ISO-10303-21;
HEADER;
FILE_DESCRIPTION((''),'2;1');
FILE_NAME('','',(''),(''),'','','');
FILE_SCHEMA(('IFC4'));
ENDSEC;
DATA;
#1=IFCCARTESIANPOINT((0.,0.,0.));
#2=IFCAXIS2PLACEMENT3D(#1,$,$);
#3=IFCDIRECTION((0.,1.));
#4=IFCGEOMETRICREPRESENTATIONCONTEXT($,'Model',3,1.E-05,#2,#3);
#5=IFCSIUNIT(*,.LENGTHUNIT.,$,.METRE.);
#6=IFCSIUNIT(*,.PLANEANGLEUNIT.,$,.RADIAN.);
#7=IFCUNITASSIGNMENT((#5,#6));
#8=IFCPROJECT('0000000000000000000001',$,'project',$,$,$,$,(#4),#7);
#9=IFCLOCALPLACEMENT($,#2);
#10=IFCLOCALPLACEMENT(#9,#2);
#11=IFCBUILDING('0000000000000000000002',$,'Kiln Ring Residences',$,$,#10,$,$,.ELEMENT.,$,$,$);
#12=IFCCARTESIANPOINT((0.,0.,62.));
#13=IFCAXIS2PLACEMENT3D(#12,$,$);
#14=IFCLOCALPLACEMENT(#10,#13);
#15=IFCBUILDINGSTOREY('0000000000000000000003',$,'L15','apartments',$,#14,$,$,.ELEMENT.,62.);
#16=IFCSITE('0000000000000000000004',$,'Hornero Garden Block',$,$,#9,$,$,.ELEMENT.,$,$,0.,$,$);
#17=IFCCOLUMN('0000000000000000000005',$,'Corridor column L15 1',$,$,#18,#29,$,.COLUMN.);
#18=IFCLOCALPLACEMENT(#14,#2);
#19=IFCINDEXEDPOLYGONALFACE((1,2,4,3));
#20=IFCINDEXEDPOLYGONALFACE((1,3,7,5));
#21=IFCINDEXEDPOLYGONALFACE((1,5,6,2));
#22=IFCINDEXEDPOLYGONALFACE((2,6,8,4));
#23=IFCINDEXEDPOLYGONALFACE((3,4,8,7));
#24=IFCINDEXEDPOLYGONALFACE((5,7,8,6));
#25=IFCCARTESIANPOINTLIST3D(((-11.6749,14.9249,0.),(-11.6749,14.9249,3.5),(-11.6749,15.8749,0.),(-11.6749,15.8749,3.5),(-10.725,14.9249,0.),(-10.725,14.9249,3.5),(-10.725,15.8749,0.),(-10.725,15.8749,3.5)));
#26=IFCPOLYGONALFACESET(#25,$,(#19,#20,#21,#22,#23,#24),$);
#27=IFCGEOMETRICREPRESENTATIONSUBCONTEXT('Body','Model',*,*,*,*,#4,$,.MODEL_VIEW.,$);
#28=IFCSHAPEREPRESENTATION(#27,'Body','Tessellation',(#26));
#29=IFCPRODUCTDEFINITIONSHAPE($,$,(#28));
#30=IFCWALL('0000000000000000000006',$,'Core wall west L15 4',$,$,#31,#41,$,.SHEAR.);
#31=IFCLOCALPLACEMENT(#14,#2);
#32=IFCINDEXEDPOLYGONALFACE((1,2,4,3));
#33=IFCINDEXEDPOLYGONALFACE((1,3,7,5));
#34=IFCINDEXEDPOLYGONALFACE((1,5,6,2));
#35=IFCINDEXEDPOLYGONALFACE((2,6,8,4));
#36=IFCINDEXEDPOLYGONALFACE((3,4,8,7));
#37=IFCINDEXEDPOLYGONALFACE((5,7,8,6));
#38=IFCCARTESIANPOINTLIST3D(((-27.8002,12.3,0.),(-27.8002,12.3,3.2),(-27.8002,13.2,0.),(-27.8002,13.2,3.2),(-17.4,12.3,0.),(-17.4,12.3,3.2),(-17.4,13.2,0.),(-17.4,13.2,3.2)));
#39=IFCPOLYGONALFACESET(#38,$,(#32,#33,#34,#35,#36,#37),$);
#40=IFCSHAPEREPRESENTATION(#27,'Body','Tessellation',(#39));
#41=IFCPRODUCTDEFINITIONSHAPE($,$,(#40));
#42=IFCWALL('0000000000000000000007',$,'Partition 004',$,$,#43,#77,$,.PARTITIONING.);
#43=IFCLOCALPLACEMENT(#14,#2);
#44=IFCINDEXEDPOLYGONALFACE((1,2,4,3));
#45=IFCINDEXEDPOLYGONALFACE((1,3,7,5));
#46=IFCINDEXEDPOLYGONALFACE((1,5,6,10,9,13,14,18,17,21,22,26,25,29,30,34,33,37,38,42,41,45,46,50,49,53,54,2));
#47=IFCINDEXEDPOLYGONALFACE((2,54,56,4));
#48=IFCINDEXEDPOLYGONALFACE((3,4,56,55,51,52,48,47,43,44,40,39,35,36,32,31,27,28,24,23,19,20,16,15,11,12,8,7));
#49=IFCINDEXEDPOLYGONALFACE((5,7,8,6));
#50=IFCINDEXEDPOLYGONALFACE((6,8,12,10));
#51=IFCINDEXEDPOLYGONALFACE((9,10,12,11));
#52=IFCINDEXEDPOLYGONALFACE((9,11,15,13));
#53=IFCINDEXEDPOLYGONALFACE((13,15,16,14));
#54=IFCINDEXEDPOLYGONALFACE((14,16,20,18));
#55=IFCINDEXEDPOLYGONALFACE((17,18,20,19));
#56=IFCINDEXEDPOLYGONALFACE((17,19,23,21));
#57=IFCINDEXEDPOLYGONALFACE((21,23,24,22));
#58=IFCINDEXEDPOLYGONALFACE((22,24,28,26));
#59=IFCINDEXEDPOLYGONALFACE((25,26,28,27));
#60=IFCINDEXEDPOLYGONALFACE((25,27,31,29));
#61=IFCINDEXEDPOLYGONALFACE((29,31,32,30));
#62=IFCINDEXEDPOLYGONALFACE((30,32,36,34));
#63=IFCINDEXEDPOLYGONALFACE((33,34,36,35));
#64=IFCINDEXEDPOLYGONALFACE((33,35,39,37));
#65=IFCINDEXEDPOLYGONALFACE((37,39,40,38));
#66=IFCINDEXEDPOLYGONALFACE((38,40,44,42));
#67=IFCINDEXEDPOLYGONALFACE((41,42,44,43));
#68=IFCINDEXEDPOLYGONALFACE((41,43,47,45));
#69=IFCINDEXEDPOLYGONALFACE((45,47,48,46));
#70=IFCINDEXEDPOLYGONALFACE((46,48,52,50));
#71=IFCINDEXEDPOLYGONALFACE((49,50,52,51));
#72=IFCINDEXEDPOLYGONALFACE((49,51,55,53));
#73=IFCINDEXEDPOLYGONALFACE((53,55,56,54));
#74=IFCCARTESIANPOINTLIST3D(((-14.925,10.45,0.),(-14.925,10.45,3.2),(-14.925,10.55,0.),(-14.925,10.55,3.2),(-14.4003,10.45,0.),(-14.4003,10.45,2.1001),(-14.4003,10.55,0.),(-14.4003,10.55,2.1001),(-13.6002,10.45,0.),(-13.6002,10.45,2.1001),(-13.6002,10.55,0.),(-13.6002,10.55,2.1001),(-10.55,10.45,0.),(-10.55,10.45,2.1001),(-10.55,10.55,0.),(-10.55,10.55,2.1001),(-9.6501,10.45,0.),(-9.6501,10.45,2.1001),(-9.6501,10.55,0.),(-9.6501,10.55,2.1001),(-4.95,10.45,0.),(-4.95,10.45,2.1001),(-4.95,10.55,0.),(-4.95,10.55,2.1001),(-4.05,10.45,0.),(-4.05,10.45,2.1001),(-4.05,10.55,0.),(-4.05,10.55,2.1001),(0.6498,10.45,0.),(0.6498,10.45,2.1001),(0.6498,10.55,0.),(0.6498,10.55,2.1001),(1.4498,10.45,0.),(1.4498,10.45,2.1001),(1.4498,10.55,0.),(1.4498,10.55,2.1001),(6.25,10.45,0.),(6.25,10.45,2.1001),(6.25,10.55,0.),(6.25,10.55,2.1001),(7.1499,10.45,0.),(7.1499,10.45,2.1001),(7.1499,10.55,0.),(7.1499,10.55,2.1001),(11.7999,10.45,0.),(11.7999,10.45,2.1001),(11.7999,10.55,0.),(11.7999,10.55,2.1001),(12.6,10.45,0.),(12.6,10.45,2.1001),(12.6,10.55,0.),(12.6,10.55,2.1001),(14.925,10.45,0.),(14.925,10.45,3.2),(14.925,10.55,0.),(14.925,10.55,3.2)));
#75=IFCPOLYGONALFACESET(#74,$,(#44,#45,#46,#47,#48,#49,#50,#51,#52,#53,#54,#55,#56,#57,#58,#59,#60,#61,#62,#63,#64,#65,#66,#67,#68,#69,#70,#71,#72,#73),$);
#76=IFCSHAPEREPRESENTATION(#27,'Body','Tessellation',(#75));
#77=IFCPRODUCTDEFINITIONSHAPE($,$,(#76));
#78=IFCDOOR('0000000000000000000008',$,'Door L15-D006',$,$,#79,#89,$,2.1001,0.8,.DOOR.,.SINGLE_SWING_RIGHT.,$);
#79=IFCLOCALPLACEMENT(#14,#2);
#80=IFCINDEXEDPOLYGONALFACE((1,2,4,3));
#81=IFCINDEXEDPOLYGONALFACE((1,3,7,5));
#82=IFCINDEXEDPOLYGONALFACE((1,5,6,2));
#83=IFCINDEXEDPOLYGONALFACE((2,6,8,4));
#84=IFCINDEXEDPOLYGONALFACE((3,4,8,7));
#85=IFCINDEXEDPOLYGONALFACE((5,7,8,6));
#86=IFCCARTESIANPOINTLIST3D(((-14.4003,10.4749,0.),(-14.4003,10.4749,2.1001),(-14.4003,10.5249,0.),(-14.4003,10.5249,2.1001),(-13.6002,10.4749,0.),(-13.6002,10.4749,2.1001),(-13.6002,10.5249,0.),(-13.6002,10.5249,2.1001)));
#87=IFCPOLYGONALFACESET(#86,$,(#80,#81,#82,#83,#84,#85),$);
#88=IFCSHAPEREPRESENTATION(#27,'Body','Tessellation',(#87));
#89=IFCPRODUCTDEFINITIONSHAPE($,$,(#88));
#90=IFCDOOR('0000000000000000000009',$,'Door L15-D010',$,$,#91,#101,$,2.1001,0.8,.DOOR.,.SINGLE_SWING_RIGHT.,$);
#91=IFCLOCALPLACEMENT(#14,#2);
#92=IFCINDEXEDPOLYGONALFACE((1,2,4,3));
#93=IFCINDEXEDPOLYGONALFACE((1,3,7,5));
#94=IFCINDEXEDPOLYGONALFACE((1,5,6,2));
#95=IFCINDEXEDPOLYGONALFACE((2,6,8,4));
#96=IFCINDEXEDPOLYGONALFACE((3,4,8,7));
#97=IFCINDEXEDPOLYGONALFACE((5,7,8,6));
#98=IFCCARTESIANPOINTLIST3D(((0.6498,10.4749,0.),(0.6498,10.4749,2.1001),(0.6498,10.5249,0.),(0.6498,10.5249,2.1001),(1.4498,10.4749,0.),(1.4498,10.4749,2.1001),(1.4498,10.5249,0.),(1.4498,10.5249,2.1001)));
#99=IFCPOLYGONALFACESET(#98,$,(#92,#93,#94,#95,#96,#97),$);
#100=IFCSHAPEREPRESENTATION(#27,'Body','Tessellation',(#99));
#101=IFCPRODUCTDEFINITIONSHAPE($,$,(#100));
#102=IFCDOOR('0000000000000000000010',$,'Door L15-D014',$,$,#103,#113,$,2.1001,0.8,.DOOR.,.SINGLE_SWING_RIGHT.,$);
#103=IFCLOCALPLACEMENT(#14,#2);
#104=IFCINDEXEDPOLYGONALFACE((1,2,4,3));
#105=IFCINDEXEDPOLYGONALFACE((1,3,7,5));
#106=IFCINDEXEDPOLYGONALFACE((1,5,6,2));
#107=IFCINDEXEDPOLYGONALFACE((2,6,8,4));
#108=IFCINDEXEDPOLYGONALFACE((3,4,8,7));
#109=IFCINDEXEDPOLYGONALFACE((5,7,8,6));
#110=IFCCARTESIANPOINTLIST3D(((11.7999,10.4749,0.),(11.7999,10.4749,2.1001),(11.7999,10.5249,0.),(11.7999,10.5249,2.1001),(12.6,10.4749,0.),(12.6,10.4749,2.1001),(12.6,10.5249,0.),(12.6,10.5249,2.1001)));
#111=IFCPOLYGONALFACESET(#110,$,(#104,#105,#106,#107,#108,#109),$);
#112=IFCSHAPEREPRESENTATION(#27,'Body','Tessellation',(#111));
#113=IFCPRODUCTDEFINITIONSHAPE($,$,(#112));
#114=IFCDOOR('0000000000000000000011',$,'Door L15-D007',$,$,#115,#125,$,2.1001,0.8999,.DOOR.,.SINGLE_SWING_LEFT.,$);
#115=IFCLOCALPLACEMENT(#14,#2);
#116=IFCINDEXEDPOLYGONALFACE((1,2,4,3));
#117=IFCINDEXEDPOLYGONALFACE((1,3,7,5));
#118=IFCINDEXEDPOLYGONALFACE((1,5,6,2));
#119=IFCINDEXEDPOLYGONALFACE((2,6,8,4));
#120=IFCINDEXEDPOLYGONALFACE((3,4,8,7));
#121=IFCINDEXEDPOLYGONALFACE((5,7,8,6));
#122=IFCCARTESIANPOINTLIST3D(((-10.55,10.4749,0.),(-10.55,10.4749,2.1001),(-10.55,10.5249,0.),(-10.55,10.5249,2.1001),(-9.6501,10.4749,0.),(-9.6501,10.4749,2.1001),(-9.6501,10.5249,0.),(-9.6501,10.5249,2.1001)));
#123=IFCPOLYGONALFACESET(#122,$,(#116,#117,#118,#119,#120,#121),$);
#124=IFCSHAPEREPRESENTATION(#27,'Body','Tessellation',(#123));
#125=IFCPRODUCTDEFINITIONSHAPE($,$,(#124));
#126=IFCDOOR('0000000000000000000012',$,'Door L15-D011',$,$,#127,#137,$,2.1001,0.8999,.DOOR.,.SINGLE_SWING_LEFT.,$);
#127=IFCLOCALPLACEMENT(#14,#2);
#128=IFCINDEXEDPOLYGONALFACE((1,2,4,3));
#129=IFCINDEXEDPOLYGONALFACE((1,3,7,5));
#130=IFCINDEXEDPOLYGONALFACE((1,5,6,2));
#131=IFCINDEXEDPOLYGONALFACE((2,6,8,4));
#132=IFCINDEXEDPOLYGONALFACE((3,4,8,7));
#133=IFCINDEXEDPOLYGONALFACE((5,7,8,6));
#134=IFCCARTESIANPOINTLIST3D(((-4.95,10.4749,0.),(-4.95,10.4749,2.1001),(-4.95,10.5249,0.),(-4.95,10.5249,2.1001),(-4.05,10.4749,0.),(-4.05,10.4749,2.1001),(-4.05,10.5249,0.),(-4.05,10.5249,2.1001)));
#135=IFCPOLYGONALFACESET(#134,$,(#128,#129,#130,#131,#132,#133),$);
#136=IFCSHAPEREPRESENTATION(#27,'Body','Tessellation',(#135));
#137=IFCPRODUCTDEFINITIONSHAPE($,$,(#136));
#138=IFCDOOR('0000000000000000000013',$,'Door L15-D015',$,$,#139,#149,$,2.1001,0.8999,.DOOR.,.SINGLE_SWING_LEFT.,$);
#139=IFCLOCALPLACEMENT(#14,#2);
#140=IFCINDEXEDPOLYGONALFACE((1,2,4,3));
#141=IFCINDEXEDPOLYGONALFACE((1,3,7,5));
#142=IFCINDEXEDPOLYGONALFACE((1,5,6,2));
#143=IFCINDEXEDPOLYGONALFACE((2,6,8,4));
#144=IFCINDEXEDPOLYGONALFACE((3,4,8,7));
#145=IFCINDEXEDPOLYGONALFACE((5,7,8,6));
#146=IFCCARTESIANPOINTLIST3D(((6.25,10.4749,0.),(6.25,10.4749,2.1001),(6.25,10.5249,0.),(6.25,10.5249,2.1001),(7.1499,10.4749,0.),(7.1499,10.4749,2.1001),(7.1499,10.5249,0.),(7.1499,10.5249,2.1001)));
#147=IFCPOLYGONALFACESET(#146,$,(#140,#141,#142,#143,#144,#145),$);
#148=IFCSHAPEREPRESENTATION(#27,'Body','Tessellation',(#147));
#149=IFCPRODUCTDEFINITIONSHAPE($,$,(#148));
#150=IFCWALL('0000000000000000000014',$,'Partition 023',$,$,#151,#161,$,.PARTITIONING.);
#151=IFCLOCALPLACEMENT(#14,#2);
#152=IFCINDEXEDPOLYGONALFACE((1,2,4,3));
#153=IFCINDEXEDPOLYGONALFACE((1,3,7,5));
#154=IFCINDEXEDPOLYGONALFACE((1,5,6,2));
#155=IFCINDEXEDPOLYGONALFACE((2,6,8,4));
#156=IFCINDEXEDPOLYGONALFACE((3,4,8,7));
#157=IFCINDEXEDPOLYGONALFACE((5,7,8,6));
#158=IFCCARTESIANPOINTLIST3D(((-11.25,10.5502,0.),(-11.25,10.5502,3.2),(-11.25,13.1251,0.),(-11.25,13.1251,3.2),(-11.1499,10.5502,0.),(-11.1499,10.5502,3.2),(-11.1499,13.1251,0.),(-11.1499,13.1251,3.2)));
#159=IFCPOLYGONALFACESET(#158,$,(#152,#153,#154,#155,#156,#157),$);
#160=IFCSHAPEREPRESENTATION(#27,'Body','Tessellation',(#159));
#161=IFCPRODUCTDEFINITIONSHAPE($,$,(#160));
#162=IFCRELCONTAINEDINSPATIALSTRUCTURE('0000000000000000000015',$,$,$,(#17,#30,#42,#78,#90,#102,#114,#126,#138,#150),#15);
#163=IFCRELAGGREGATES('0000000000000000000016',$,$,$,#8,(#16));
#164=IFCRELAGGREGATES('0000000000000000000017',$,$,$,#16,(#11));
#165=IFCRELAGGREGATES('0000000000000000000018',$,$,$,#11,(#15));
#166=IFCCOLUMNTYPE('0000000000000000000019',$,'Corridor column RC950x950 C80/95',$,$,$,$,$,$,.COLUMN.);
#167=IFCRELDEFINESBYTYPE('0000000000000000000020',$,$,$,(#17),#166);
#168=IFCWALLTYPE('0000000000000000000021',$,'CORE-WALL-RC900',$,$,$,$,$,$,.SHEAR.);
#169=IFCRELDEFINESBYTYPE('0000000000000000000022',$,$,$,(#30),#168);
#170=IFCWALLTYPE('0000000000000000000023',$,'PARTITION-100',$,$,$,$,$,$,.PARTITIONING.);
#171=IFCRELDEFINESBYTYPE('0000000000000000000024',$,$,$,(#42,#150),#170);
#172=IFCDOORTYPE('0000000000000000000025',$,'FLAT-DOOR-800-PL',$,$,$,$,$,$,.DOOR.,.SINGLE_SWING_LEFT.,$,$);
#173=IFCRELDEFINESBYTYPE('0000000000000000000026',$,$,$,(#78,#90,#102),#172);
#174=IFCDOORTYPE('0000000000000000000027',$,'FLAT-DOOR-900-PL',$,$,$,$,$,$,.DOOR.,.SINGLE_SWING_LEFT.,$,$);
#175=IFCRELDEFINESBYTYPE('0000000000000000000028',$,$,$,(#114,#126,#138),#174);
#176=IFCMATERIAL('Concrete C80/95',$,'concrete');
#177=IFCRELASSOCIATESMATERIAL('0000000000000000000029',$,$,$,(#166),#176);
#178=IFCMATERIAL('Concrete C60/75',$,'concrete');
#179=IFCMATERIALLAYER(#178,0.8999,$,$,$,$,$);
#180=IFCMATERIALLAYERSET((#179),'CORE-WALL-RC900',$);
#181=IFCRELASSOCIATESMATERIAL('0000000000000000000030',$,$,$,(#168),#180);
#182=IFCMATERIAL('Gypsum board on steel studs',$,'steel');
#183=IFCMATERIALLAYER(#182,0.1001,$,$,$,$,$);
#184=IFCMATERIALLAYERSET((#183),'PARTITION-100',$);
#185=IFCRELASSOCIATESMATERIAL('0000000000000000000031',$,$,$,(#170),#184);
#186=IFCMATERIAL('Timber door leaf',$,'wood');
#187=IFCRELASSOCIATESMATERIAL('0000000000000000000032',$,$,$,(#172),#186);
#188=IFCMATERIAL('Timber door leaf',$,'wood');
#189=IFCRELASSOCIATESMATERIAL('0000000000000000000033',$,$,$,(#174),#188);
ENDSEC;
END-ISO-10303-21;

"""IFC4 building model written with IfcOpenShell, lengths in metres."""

from ifc_helpers import new_model, si_unit, direction, frame, frame_2d, origin, origin_2d, place, context, subcontext, project, spatial, rectangle, extrude, material, layer, layer_set, material_profile, profile_set, type_object, element, fill, save


model = new_model("IFC4")

# Units and contexts
model_context = context("Model", 3, precision=1e-05, world=origin(), true_north=direction((0.0, 1.0)))
body_context = subcontext(model_context, "Body", "Model", "MODEL_VIEW")
ifc_project = project(units=[si_unit("LENGTHUNIT", "METRE"), si_unit("PLANEANGLEUNIT", "RADIAN")], contexts=[model_context])

# Site, building, storey
site_placement = place(None, origin())
site = spatial("IfcSite", under=ifc_project, at=site_placement, Name="Hornero Garden Block", CompositionType="ELEMENT", RefElevation=0.0)
building_placement = place(site_placement, origin())
building = spatial("IfcBuilding", under=site, at=building_placement, Name="Kiln Ring Residences", CompositionType="ELEMENT")
storey_placement = place(building_placement, frame((0.0, 0.0, 62.0)))
storey = spatial("IfcBuildingStorey", under=building, at=storey_placement, Name="L15", Description="apartments", CompositionType="ELEMENT", Elevation=62.0)

# Column
ifc_material_1 = material(Name="Concrete C80/95", Category="concrete")
ifc_material_profile = material_profile(ifc_material_1, rectangle(XDim=0.95, YDim=0.95, at=origin_2d()), Name="RC950x950")
ifc_profile_set = profile_set([ifc_material_profile], Name="Concrete C80/95")
column_type = type_object("IfcColumnType", Name="Corridor column RC950x950 C80/95", PredefinedType="COLUMN", material=ifc_profile_set)
column_placement = place(storey_placement, frame((-11.2, 15.3999, 0.0), z_axis=(0.0, 0.0, 1.0), x_axis=(1.0, 0.0, 0.0)))
element("IfcColumn", 1, at=column_placement, inside=storey, type_object=column_type, Name="Corridor column L15 1", PredefinedType="COLUMN", context=body_context, shape_type="SweptSolid", body=[
    extrude(rectangle(XDim=0.95, YDim=0.95, at=origin_2d()), origin(), (0.0, 0.0, 1.0), 3.5),
])

# Wall
ifc_material_2 = material(Name="Concrete C60/75", Category="concrete")
ifc_layer_1 = layer(ifc_material_2, 0.8999)
ifc_layer_set_1 = layer_set([ifc_layer_1], Name="CORE-WALL-RC900")
wall_type_1 = type_object("IfcWallType", Name="CORE-WALL-RC900", PredefinedType="SHEAR", material=ifc_layer_set_1)
wall_1_placement = place(storey_placement, frame((-17.3999, 12.75, 0.0), z_axis=(0.0, 0.0, 1.0), x_axis=(-1.0, 0.0, 0.0)))
element("IfcWall", 2, at=wall_1_placement, inside=storey, type_object=wall_type_1, Name="Core wall west L15 4", PredefinedType="SHEAR", context=body_context, shape_type="SweptSolid", body=[
    extrude(rectangle(XDim=10.4001, YDim=0.8999, at=frame_2d((5.2002, 0.0))), origin(), (0.0, 0.0, 1.0), 3.2),
])

# Wall, openings, doors
ifc_material_3 = material(Name="Gypsum board on steel studs", Category="steel")
ifc_layer_2 = layer(ifc_material_3, 0.1001)
ifc_layer_set_2 = layer_set([ifc_layer_2], Name="PARTITION-100")
wall_type_2 = type_object("IfcWallType", Name="PARTITION-100", PredefinedType="PARTITIONING", material=ifc_layer_set_2)
wall_2_placement = place(storey_placement, frame((-14.925, 10.5, 0.0), z_axis=(0.0, 0.0, 1.0), x_axis=(1.0, 0.0, 0.0)))
wall_2 = element("IfcWall", 3, at=wall_2_placement, inside=storey, type_object=wall_type_2, Name="Partition 004", PredefinedType="PARTITIONING", context=body_context, shape_type="SweptSolid", body=[
    extrude(rectangle(XDim=29.8501, YDim=0.1001, at=frame_2d((14.925, 0.0))), origin(), (0.0, 0.0, 1.0), 3.2),
])
opening_1_placement = place(wall_2_placement, frame((0.5249, 0.0, 0.0)))
opening_1 = element("IfcOpeningElement", 4, at=opening_1_placement, cuts=wall_2, PredefinedType="OPENING", context=body_context, shape_type="SweptSolid", body=[
    extrude(rectangle(XDim=0.8, YDim=2.1001, at=frame_2d((0.3999, 1.05))), frame((0.0, 0.0601, 0.0), z_axis=(0.0, -1.0, 0.0), x_axis=(1.0, 0.0, 0.0)), (0.0, 0.0, 1.0), 0.1201),
])
opening_2_placement = place(wall_2_placement, frame((4.375, 0.0, 0.0)))
opening_2 = element("IfcOpeningElement", 5, at=opening_2_placement, cuts=wall_2, PredefinedType="OPENING", context=body_context, shape_type="SweptSolid", body=[
    extrude(rectangle(XDim=0.8999, YDim=2.1001, at=frame_2d((0.45, 1.05))), frame((0.0, 0.0601, 0.0), z_axis=(0.0, -1.0, 0.0), x_axis=(1.0, 0.0, 0.0)), (0.0, 0.0, 1.0), 0.1201),
])
opening_3_placement = place(wall_2_placement, frame((15.575, 0.0, 0.0)))
opening_3 = element("IfcOpeningElement", 6, at=opening_3_placement, cuts=wall_2, PredefinedType="OPENING", context=body_context, shape_type="SweptSolid", body=[
    extrude(rectangle(XDim=0.8, YDim=2.1001, at=frame_2d((0.3999, 1.05))), frame((0.0, 0.0601, 0.0), z_axis=(0.0, -1.0, 0.0), x_axis=(1.0, 0.0, 0.0)), (0.0, 0.0, 1.0), 0.1201),
])
opening_4_placement = place(wall_2_placement, frame((9.9751, 0.0, 0.0)))
opening_4 = element("IfcOpeningElement", 7, at=opening_4_placement, cuts=wall_2, PredefinedType="OPENING", context=body_context, shape_type="SweptSolid", body=[
    extrude(rectangle(XDim=0.8999, YDim=2.1001, at=frame_2d((0.45, 1.05))), frame((0.0, 0.0601, 0.0), z_axis=(0.0, -1.0, 0.0), x_axis=(1.0, 0.0, 0.0)), (0.0, 0.0, 1.0), 0.1201),
])
opening_5_placement = place(wall_2_placement, frame((26.7251, 0.0, 0.0)))
opening_5 = element("IfcOpeningElement", 8, at=opening_5_placement, cuts=wall_2, PredefinedType="OPENING", context=body_context, shape_type="SweptSolid", body=[
    extrude(rectangle(XDim=0.8, YDim=2.1001, at=frame_2d((0.3999, 1.05))), frame((0.0, 0.0601, 0.0), z_axis=(0.0, -1.0, 0.0), x_axis=(1.0, 0.0, 0.0)), (0.0, 0.0, 1.0), 0.1201),
])
opening_6_placement = place(wall_2_placement, frame((21.175, 0.0, 0.0)))
opening_6 = element("IfcOpeningElement", 9, at=opening_6_placement, cuts=wall_2, PredefinedType="OPENING", context=body_context, shape_type="SweptSolid", body=[
    extrude(rectangle(XDim=0.8999, YDim=2.1001, at=frame_2d((0.45, 1.05))), frame((0.0, 0.0601, 0.0), z_axis=(0.0, -1.0, 0.0), x_axis=(1.0, 0.0, 0.0)), (0.0, 0.0, 1.0), 0.1201),
])
ifc_material_4 = material(Name="Timber door leaf", Category="wood")
door_type_1 = type_object("IfcDoorType", Name="FLAT-DOOR-800-PL", OperationType="SINGLE_SWING_LEFT", PredefinedType="DOOR", material=ifc_material_4)
door_1_placement = place(opening_1_placement, origin())
door_1 = element("IfcDoor", 10, at=door_1_placement, inside=storey, type_object=door_type_1, Name="Door L15-D006", OperationType="SINGLE_SWING_RIGHT", OverallHeight=2.1001, OverallWidth=0.8, PredefinedType="DOOR", context=body_context, shape_type="SweptSolid", body=[
    extrude(rectangle(XDim=0.8, YDim=2.1001, at=frame_2d((0.3999, 1.05))), frame((0.0, 0.0249, 0.0), z_axis=(0.0, -1.0, 0.0), x_axis=(1.0, 0.0, 0.0)), (0.0, 0.0, 1.0), 0.05),
])
fill(opening_1, door_1)
door_2_placement = place(opening_3_placement, origin())
door_2 = element("IfcDoor", 11, at=door_2_placement, inside=storey, type_object=door_type_1, Name="Door L15-D010", OperationType="SINGLE_SWING_RIGHT", OverallHeight=2.1001, OverallWidth=0.8, PredefinedType="DOOR", context=body_context, shape_type="SweptSolid", body=[
    extrude(rectangle(XDim=0.8, YDim=2.1001, at=frame_2d((0.3999, 1.05))), frame((0.0, 0.0249, 0.0), z_axis=(0.0, -1.0, 0.0), x_axis=(1.0, 0.0, 0.0)), (0.0, 0.0, 1.0), 0.05),
])
fill(opening_3, door_2)
door_3_placement = place(opening_5_placement, origin())
door_3 = element("IfcDoor", 12, at=door_3_placement, inside=storey, type_object=door_type_1, Name="Door L15-D014", OperationType="SINGLE_SWING_RIGHT", OverallHeight=2.1001, OverallWidth=0.8, PredefinedType="DOOR", context=body_context, shape_type="SweptSolid", body=[
    extrude(rectangle(XDim=0.8, YDim=2.1001, at=frame_2d((0.3999, 1.05))), frame((0.0, 0.0249, 0.0), z_axis=(0.0, -1.0, 0.0), x_axis=(1.0, 0.0, 0.0)), (0.0, 0.0, 1.0), 0.05),
])
fill(opening_5, door_3)
ifc_material_5 = material(Name="Timber door leaf", Category="wood")
door_type_2 = type_object("IfcDoorType", Name="FLAT-DOOR-900-PL", OperationType="SINGLE_SWING_LEFT", PredefinedType="DOOR", material=ifc_material_5)
door_4_placement = place(opening_2_placement, origin())
door_4 = element("IfcDoor", 13, at=door_4_placement, inside=storey, type_object=door_type_2, Name="Door L15-D007", OperationType="SINGLE_SWING_LEFT", OverallHeight=2.1001, OverallWidth=0.8999, PredefinedType="DOOR", context=body_context, shape_type="SweptSolid", body=[
    extrude(rectangle(XDim=0.8999, YDim=2.1001, at=frame_2d((0.45, 1.05))), frame((0.0, 0.0249, 0.0), z_axis=(0.0, -1.0, 0.0), x_axis=(1.0, 0.0, 0.0)), (0.0, 0.0, 1.0), 0.05),
])
fill(opening_2, door_4)
door_5_placement = place(opening_4_placement, origin())
door_5 = element("IfcDoor", 14, at=door_5_placement, inside=storey, type_object=door_type_2, Name="Door L15-D011", OperationType="SINGLE_SWING_LEFT", OverallHeight=2.1001, OverallWidth=0.8999, PredefinedType="DOOR", context=body_context, shape_type="SweptSolid", body=[
    extrude(rectangle(XDim=0.8999, YDim=2.1001, at=frame_2d((0.45, 1.05))), frame((0.0, 0.0249, 0.0), z_axis=(0.0, -1.0, 0.0), x_axis=(1.0, 0.0, 0.0)), (0.0, 0.0, 1.0), 0.05),
])
fill(opening_4, door_5)
door_6_placement = place(opening_6_placement, origin())
door_6 = element("IfcDoor", 15, at=door_6_placement, inside=storey, type_object=door_type_2, Name="Door L15-D015", OperationType="SINGLE_SWING_LEFT", OverallHeight=2.1001, OverallWidth=0.8999, PredefinedType="DOOR", context=body_context, shape_type="SweptSolid", body=[
    extrude(rectangle(XDim=0.8999, YDim=2.1001, at=frame_2d((0.45, 1.05))), frame((0.0, 0.0249, 0.0), z_axis=(0.0, -1.0, 0.0), x_axis=(1.0, 0.0, 0.0)), (0.0, 0.0, 1.0), 0.05),
])
fill(opening_6, door_6)

# Wall
wall_3_placement = place(storey_placement, frame((-11.2, 10.55, 0.0), z_axis=(0.0, 0.0, 1.0), x_axis=(0.0, 1.0, 0.0)))
element("IfcWall", 16, at=wall_3_placement, inside=storey, type_object=wall_type_2, Name="Partition 023", PredefinedType="PARTITIONING", context=body_context, shape_type="SweptSolid", body=[
    extrude(rectangle(XDim=2.575, YDim=0.1001, at=frame_2d((1.2876, 0.0))), origin(), (0.0, 0.0, 1.0), 3.2),
])

save(model, "model.ifc")
